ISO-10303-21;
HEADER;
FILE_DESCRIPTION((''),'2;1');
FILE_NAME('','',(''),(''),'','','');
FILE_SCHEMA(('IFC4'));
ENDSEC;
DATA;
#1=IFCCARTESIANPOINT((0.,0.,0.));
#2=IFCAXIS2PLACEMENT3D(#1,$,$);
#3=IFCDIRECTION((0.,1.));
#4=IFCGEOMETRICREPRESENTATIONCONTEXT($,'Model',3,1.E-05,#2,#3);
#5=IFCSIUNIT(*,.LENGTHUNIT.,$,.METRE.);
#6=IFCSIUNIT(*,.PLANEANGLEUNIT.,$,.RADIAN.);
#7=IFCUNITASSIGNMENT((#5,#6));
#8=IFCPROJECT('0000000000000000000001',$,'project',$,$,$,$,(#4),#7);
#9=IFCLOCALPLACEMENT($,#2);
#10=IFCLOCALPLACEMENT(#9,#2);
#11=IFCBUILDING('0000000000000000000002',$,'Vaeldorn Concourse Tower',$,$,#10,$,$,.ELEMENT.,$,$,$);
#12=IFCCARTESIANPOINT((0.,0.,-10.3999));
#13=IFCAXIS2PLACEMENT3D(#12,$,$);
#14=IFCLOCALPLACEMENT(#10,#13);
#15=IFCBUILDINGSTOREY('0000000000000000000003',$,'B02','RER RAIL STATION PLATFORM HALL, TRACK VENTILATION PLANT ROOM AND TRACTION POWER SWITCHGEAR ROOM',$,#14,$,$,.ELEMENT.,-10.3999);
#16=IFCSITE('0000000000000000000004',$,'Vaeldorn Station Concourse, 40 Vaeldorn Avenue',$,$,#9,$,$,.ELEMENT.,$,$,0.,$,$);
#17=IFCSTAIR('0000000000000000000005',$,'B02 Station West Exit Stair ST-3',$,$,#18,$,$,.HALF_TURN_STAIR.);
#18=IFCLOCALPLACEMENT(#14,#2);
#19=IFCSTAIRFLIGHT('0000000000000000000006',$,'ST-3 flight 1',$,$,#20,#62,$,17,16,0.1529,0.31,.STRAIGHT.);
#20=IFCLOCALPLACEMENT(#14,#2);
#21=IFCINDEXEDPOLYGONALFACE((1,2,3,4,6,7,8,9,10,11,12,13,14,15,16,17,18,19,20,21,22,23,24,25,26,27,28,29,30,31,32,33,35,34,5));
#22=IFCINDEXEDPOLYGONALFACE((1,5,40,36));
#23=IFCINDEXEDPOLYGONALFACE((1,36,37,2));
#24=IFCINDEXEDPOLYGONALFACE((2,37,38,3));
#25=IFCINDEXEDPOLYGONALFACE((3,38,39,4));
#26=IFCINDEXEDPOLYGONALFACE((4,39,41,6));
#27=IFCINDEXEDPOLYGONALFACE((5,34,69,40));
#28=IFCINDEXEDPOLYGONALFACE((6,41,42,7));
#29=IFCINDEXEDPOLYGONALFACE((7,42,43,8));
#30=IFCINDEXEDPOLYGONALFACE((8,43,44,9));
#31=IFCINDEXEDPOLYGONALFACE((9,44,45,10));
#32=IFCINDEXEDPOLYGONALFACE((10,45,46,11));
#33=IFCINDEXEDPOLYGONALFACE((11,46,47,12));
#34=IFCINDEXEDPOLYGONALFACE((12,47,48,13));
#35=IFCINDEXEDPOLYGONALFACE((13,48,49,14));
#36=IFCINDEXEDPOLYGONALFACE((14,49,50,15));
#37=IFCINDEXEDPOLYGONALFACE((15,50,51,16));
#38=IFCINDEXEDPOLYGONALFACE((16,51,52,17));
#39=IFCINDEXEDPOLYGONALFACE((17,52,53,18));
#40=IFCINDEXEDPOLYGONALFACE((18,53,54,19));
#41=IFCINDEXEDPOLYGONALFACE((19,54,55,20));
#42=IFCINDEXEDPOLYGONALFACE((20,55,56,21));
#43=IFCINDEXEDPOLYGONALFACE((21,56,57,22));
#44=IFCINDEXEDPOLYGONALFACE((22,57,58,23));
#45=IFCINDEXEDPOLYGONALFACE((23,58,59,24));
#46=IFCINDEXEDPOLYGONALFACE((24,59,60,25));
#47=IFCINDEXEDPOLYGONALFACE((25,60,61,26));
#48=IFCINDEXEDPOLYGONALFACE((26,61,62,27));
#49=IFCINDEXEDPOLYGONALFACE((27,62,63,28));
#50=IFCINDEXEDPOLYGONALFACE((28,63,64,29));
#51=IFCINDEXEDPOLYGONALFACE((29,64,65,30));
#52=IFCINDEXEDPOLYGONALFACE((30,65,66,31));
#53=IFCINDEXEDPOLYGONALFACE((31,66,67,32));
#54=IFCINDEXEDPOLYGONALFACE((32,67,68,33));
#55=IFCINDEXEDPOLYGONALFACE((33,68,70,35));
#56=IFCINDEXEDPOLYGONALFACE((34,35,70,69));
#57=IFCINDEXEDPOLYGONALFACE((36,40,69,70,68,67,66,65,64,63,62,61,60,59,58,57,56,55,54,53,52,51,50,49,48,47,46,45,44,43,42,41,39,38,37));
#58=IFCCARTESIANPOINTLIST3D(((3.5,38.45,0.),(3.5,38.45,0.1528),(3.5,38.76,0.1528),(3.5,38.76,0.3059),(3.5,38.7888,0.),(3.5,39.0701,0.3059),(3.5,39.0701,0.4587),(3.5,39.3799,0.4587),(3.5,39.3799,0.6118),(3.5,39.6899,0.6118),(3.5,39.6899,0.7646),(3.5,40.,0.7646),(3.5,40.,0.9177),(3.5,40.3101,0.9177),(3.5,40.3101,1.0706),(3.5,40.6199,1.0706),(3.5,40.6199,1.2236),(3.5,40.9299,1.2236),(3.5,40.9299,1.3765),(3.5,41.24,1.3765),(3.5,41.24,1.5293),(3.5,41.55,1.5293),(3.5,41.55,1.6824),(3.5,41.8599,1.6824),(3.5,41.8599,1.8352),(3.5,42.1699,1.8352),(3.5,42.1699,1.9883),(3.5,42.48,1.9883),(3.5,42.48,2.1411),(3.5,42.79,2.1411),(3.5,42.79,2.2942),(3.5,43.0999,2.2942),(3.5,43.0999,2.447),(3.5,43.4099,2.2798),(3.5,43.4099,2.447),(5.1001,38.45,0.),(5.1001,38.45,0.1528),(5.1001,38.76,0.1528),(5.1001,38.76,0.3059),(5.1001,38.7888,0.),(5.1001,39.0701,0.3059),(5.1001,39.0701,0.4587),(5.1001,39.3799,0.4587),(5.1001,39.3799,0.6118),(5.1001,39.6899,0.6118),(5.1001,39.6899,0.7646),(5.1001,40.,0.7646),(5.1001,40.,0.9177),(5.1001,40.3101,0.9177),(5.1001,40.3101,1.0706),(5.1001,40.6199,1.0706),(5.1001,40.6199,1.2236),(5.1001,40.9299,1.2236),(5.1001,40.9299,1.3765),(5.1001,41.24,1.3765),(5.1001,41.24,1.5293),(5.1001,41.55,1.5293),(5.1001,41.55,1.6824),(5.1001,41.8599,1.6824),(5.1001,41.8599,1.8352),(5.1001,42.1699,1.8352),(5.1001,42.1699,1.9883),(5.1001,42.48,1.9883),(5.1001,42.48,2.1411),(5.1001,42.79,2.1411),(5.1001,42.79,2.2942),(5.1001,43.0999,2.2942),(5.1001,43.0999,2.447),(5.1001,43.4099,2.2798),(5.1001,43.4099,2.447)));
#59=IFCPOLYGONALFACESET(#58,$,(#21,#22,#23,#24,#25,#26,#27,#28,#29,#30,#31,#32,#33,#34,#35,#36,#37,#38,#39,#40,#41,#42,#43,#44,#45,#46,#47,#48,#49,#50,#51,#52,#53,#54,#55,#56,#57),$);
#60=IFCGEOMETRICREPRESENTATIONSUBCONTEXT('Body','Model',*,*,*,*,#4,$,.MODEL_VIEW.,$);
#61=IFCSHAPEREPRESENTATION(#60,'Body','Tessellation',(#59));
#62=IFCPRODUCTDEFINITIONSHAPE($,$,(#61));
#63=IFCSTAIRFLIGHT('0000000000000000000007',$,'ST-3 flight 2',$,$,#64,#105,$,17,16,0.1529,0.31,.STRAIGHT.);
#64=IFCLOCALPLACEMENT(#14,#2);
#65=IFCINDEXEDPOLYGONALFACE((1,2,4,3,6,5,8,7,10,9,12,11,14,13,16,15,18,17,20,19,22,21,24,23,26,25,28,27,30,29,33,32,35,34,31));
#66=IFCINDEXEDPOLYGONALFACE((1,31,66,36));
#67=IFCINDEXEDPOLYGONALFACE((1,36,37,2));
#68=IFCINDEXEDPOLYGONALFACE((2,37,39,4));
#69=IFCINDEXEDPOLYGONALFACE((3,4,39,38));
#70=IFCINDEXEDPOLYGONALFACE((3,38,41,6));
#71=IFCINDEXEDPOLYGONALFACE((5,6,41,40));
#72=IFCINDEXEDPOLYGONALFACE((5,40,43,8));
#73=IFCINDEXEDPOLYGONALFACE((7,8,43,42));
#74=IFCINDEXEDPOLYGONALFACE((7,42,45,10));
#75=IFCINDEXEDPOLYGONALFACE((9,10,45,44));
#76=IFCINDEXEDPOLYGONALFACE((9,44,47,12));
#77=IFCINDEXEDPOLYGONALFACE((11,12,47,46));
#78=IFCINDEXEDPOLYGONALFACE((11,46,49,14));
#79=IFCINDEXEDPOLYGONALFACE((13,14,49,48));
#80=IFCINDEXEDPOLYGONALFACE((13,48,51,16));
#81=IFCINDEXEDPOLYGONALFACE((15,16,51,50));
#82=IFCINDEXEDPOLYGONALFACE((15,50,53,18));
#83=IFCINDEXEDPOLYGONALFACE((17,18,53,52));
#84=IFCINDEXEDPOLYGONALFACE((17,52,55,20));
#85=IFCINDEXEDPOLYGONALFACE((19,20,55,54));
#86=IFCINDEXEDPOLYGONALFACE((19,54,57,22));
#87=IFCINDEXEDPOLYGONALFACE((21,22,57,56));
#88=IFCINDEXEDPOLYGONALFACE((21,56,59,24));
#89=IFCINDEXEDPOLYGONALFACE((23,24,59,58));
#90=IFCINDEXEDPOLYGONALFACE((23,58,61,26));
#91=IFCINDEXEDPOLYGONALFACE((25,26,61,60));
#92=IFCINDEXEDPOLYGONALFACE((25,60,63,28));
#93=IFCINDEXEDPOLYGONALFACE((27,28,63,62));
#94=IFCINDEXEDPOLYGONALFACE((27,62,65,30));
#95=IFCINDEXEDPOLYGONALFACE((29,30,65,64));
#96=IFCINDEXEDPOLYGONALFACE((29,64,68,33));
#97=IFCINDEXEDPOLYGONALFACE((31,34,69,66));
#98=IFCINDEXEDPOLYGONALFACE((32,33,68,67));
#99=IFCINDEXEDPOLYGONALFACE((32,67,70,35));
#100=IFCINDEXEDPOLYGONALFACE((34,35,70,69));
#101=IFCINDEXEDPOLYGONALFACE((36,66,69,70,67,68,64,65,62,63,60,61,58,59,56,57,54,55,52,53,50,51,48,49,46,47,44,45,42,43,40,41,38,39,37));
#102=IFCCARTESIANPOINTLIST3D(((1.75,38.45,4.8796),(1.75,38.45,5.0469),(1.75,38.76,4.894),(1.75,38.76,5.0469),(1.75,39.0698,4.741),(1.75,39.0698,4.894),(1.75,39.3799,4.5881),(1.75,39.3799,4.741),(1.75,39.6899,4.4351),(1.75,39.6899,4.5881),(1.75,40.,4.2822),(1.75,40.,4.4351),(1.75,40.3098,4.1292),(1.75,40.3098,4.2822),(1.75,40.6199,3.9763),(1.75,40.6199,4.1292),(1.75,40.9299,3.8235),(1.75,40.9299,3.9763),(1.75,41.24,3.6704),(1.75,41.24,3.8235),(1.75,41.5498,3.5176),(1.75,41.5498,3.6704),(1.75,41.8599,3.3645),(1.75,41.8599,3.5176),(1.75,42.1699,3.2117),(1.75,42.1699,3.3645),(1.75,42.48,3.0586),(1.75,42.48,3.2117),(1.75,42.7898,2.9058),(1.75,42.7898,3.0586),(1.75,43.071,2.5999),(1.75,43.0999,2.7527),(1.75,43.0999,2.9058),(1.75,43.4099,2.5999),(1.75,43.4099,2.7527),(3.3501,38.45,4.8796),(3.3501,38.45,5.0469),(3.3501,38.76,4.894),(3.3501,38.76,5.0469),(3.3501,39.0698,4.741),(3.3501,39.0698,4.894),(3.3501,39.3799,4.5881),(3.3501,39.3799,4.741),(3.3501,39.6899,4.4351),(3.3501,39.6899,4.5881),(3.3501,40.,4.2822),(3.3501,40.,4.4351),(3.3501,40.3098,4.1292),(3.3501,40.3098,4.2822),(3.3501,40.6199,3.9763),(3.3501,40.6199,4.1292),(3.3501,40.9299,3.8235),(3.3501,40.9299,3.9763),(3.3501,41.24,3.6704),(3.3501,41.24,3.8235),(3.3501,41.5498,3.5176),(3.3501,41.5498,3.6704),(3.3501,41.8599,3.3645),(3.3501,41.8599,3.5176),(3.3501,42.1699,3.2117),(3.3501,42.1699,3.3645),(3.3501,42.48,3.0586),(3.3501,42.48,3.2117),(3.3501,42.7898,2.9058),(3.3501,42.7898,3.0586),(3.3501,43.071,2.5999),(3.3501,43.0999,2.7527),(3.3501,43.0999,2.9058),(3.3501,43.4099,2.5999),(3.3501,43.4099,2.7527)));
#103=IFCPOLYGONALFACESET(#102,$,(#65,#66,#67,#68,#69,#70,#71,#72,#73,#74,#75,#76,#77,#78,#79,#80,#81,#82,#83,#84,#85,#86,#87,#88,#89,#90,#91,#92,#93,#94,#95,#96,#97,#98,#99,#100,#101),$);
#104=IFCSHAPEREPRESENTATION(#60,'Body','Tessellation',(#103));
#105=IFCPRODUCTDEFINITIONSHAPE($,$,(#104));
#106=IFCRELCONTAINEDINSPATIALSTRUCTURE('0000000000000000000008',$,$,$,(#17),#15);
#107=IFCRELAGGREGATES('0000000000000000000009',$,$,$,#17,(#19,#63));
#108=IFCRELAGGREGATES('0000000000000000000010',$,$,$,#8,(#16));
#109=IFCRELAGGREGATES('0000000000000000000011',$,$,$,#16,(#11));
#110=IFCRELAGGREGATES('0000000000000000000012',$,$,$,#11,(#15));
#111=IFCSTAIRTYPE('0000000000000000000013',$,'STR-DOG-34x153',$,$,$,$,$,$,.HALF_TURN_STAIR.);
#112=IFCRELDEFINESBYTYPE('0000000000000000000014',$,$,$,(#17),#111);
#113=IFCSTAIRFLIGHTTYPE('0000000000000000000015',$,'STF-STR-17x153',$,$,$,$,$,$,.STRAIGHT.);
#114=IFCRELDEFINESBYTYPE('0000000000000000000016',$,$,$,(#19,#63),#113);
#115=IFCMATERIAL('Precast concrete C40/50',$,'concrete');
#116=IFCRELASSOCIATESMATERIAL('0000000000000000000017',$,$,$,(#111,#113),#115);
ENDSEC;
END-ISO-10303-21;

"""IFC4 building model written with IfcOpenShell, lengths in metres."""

from ifc_helpers import new_model, si_unit, direction, frame, origin, place, context, subcontext, project, spatial, polyline, outline, extrude, material, type_object, element, aggregate, save


model = new_model("IFC4")

# Units and contexts
model_context = context("Model", 3, precision=1e-05, world=origin(), true_north=direction((0.0, 1.0)))
body_context = subcontext(model_context, "Body", "Model", "MODEL_VIEW")
ifc_project = project(units=[si_unit("LENGTHUNIT", "METRE"), si_unit("PLANEANGLEUNIT", "RADIAN")], contexts=[model_context])

# Site, building, storey
site_placement = place(None, origin())
site = spatial("IfcSite", under=ifc_project, at=site_placement, Name="Vaeldorn Station Concourse, 40 Vaeldorn Avenue", CompositionType="ELEMENT", RefElevation=0.0)
building_placement = place(site_placement, origin())
building = spatial("IfcBuilding", under=site, at=building_placement, Name="Vaeldorn Concourse Tower", CompositionType="ELEMENT")
storey_placement = place(building_placement, frame((0.0, 0.0, -10.3999)))
storey = spatial("IfcBuildingStorey", under=building, at=storey_placement, Name="B02", Description="RER RAIL STATION PLATFORM HALL, TRACK VENTILATION PLANT ROOM AND TRACTION POWER SWITCHGEAR ROOM", CompositionType="ELEMENT", Elevation=-10.3999)

# Stair, stair flights
ifc_material_1 = material(Name="Precast concrete C40/50", Category="concrete")
stair_type = type_object("IfcStairType", Name="STR-DOG-34x153", PredefinedType="HALF_TURN_STAIR", material=ifc_material_1)
stair_placement = place(storey_placement, origin())
stair = element("IfcStair", 1, at=stair_placement, inside=storey, type_object=stair_type, Name="B02 Station West Exit Stair ST-3", PredefinedType="HALF_TURN_STAIR")
stair_flight_type = type_object("IfcStairFlightType", Name="STF-STR-17x153", PredefinedType="STRAIGHT", material=ifc_material_1)
stair_flight_1_placement = place(storey_placement, frame((4.3, 38.45, 0.0), z_axis=(0.0, 0.0, 1.0), x_axis=(0.0, 1.0, 0.0)))
stair_flight_1 = element("IfcStairFlight", 2, at=stair_flight_1_placement, type_object=stair_flight_type, Name="ST-3 flight 1", NumberOfRisers=17, NumberOfTreads=16, PredefinedType="STRAIGHT", RiserHeight=0.1529, TreadLength=0.31, context=body_context, shape_type="SweptSolid", body=[
    extrude(outline(polyline([(0.0, 0.0), (0.0, 0.1528), (0.3101, 0.1528), (0.3101, 0.3059), (0.6201, 0.3059), (0.6201, 0.4587), (0.9299, 0.4587), (0.9299, 0.6118), (1.24, 0.6118), (1.24, 0.7646), (1.55, 0.7646), (1.55, 0.9177), (1.8601, 0.9177), (1.8601, 1.0706), (2.1699, 1.0706), (2.1699, 1.2236), (2.48, 1.2236), (2.48, 1.3765), (2.79, 1.3765), (2.79, 1.5293), (3.1001, 1.5293), (3.1001, 1.6824), (3.4099, 1.6824), (3.4099, 1.8352), (3.72, 1.8352), (3.72, 1.9883), (4.03, 1.9883), (4.03, 2.1411), (4.3401, 2.1411), (4.3401, 2.2942), (4.6499, 2.2942), (4.6499, 2.447), (4.96, 2.447), (4.96, 2.6001), (4.96, 2.2798), (0.3389, 0.0), (0.0, 0.0)])), frame((0.0, 0.8, 0.0), z_axis=(0.0, -1.0, 0.0), x_axis=(1.0, 0.0, 0.0)), (0.0, 0.0, 1.0), 1.6001),
])
stair_flight_2_placement = place(storey_placement, frame((2.55, 43.4099, 2.5999), z_axis=(0.0, 0.0, 1.0), x_axis=(0.0, -1.0, 0.0)))
stair_flight_2 = element("IfcStairFlight", 3, at=stair_flight_2_placement, type_object=stair_flight_type, Name="ST-3 flight 2", NumberOfRisers=17, NumberOfTreads=16, PredefinedType="STRAIGHT", RiserHeight=0.1529, TreadLength=0.31, context=body_context, shape_type="SweptSolid", body=[
    extrude(outline(polyline([(0.0, 0.0), (0.0, 0.1528), (0.3101, 0.1528), (0.3101, 0.3059), (0.6201, 0.3059), (0.6201, 0.4587), (0.9299, 0.4587), (0.9299, 0.6118), (1.24, 0.6118), (1.24, 0.7646), (1.55, 0.7646), (1.55, 0.9177), (1.8601, 0.9177), (1.8601, 1.0706), (2.1699, 1.0706), (2.1699, 1.2236), (2.48, 1.2236), (2.48, 1.3765), (2.79, 1.3765), (2.79, 1.5293), (3.1001, 1.5293), (3.1001, 1.6824), (3.4099, 1.6824), (3.4099, 1.8352), (3.72, 1.8352), (3.72, 1.9883), (4.03, 1.9883), (4.03, 2.1411), (4.3401, 2.1411), (4.3401, 2.2942), (4.6499, 2.2942), (4.6499, 2.447), (4.96, 2.447), (4.96, 2.6001), (4.96, 2.2798), (0.3389, 0.0), (0.0, 0.0)])), frame((0.0, 0.8, 0.0), z_axis=(0.0, -1.0, 0.0), x_axis=(1.0, 0.0, 0.0)), (0.0, 0.0, 1.0), 1.6001),
])
aggregate(stair, [stair_flight_1, stair_flight_2])

save(model, "model.ifc")
